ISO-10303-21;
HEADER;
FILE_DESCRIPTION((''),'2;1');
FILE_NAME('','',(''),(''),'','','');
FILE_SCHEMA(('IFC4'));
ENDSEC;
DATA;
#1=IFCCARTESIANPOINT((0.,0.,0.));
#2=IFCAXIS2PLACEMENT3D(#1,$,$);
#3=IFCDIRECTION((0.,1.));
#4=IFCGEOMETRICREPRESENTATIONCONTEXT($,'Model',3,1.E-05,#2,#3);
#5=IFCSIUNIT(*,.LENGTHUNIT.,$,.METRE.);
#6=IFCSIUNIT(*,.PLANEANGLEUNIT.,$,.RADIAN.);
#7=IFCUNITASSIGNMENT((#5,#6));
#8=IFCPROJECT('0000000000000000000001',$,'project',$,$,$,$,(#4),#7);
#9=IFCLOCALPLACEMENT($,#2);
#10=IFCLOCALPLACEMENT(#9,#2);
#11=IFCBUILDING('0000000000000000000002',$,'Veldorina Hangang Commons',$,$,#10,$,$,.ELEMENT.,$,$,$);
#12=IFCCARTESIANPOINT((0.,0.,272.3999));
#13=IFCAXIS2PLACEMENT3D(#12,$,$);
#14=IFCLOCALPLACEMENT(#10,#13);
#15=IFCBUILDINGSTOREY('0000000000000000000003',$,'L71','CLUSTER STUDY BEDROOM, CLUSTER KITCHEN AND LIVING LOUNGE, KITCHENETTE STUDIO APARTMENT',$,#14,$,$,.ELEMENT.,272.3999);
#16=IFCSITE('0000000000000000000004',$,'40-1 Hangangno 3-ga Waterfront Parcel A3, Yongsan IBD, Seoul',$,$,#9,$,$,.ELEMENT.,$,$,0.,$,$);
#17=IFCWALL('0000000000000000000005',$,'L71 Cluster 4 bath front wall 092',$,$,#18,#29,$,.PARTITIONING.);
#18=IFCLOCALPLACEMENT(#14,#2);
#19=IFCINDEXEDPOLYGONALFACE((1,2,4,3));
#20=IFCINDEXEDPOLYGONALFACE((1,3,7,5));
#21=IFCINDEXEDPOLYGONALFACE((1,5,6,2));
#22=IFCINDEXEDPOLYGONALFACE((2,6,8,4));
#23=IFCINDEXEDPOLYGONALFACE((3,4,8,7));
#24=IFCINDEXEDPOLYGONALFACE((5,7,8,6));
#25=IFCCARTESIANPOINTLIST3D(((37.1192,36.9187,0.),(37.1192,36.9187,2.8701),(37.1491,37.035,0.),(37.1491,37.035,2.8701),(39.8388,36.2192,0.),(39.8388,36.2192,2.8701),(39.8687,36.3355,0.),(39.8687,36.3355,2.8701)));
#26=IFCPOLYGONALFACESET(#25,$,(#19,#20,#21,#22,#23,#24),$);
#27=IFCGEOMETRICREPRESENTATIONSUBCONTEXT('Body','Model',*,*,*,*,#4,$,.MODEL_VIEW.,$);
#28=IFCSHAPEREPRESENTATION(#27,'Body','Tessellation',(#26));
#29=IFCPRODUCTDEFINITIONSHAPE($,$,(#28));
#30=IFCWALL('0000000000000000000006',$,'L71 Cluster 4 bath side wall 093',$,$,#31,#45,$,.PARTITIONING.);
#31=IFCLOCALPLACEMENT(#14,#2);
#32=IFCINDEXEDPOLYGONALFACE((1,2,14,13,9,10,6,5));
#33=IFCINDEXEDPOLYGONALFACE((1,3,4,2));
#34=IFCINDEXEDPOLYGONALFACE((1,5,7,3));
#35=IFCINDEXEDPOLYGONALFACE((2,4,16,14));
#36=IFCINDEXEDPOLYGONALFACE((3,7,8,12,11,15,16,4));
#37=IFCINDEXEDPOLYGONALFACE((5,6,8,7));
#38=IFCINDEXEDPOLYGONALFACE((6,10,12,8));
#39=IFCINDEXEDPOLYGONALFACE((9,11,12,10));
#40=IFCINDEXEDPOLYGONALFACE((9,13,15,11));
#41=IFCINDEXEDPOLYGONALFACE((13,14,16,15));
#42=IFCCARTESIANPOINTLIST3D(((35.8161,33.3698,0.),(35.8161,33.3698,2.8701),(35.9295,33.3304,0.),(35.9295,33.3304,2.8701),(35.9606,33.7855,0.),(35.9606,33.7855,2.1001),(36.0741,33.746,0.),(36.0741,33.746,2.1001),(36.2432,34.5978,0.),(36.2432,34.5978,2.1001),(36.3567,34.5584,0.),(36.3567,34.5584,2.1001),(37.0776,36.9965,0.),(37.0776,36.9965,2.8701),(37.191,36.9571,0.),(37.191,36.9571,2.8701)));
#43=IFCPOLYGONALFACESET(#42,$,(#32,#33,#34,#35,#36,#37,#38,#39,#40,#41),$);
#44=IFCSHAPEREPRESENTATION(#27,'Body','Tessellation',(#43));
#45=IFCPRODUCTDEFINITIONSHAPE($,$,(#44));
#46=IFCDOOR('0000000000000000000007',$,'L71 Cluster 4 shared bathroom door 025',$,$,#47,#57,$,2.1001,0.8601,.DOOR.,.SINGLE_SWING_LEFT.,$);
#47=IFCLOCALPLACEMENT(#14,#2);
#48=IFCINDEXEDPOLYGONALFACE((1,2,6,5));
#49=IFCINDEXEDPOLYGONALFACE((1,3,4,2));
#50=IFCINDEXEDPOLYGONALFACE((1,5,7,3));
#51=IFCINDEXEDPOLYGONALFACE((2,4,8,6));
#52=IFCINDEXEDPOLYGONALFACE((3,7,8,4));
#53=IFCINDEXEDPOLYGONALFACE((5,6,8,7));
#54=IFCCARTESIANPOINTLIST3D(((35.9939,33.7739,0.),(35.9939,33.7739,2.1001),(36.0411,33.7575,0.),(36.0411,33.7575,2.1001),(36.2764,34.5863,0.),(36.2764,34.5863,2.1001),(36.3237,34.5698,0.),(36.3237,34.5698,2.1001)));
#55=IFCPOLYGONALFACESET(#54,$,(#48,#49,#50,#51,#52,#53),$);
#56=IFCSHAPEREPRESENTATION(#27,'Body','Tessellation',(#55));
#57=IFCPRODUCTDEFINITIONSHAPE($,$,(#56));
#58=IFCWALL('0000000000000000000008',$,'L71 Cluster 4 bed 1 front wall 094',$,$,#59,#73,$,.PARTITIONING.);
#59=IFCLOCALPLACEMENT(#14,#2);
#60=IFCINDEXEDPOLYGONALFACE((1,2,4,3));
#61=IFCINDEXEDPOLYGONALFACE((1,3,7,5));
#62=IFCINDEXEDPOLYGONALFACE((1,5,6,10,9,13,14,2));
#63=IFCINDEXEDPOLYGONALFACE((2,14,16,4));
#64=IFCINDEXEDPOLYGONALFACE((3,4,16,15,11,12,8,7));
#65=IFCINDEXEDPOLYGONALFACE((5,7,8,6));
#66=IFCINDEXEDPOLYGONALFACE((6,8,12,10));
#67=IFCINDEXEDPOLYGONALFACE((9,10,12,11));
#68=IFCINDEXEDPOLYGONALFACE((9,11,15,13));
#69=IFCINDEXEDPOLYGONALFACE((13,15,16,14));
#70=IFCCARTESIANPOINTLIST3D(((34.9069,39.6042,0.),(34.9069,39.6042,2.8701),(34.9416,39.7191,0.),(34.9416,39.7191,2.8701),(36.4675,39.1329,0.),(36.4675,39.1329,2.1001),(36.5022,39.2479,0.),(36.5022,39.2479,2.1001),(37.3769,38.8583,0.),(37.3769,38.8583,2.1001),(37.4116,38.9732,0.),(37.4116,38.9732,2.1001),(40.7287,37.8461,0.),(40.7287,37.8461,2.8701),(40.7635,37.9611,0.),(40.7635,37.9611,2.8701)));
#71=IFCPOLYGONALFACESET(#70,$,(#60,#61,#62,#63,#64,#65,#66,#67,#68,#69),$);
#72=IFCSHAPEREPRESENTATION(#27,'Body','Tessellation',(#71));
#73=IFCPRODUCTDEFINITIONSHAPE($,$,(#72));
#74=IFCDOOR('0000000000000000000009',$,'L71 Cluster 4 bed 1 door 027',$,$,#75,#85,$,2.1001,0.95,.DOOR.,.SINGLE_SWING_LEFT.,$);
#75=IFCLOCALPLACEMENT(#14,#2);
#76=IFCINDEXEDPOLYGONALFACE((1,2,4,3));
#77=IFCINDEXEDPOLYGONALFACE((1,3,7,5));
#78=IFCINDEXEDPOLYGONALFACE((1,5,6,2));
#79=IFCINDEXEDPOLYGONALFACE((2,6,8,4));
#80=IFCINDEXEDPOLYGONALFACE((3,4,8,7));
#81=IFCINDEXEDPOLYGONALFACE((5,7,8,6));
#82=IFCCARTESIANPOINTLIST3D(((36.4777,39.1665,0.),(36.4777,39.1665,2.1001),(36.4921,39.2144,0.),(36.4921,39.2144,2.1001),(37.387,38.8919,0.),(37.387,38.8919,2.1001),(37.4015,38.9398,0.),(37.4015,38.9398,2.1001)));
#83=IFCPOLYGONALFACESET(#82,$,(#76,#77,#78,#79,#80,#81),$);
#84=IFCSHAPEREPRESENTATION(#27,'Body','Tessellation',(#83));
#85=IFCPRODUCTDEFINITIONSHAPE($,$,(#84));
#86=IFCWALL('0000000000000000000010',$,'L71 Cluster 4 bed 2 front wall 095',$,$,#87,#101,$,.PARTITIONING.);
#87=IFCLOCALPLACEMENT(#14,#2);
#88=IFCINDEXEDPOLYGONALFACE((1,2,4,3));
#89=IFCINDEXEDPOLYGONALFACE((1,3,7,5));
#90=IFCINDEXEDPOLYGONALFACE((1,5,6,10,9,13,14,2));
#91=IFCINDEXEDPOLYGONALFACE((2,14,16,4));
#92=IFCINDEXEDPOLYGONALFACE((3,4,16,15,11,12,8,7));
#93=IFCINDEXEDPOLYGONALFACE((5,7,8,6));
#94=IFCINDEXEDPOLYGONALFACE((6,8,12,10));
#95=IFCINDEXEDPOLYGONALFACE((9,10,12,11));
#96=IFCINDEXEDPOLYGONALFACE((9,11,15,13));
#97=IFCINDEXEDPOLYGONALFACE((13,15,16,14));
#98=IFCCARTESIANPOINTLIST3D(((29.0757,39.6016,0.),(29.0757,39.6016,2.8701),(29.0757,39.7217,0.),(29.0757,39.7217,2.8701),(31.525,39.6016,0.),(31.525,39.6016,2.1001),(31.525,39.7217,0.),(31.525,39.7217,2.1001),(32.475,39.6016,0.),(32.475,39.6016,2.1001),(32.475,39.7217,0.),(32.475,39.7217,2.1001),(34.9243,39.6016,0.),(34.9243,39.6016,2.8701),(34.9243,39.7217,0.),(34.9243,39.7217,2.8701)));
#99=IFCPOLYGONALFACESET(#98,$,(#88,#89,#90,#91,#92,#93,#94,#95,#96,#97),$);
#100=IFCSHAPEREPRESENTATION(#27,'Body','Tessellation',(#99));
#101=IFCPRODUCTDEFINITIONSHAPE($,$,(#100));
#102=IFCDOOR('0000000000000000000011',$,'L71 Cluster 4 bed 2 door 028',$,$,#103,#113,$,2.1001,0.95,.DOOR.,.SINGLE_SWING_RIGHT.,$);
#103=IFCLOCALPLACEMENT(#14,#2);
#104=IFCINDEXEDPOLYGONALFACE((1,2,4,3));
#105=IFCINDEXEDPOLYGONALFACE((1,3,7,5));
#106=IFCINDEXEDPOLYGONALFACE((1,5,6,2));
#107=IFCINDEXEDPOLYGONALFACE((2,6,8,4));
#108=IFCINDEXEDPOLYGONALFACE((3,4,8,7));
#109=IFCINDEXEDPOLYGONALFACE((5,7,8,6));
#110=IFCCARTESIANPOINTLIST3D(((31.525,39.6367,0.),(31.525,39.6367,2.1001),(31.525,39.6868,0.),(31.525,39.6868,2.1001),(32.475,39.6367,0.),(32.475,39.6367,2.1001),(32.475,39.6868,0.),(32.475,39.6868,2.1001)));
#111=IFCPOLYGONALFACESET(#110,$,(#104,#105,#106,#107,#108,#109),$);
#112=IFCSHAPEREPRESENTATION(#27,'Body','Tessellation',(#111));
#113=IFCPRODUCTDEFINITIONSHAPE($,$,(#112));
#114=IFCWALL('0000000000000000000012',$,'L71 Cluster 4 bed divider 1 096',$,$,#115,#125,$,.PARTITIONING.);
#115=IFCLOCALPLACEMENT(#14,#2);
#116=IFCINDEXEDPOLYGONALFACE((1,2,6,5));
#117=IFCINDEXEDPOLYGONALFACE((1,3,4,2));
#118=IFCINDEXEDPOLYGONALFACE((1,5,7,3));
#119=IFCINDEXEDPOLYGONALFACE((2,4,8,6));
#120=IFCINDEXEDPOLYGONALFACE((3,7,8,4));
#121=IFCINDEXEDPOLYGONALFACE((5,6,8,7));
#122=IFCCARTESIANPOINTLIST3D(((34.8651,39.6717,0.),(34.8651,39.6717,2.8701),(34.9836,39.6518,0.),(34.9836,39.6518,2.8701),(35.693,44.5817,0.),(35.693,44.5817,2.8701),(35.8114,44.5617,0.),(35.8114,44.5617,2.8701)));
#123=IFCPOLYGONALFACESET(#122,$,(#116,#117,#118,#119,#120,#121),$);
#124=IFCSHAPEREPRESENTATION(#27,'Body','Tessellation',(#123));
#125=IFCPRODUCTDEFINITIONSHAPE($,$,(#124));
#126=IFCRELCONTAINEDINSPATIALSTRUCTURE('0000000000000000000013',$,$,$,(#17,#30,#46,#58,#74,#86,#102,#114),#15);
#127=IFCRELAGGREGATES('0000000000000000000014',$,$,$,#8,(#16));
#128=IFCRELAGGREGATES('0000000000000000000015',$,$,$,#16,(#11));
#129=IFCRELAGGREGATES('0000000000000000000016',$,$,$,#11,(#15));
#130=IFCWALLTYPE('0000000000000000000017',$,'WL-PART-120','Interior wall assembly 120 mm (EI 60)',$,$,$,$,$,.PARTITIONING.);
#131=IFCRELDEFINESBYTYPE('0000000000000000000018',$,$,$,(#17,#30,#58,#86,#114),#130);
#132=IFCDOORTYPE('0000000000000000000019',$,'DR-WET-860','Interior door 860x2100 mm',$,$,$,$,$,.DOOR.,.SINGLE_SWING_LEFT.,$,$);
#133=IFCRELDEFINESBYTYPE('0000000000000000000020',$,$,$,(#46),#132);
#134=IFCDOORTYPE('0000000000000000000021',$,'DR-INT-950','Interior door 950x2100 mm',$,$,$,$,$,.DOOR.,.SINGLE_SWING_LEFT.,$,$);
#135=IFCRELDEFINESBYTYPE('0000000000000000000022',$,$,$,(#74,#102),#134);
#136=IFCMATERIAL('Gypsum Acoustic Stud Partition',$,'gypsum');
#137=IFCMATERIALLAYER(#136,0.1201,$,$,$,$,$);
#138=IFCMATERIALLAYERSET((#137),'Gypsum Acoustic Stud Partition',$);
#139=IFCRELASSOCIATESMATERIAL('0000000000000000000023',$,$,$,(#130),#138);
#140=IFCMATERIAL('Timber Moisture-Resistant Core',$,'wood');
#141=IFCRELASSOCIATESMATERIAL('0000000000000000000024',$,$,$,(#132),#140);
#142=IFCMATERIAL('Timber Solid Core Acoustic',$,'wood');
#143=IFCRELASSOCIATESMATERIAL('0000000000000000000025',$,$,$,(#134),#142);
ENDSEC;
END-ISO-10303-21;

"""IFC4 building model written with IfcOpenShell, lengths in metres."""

from ifc_helpers import new_model, si_unit, direction, frame, frame_2d, origin, place, context, subcontext, project, spatial, rectangle, extrude, material, layer, layer_set, type_object, element, fill, save


model = new_model("IFC4")

# Units and contexts
model_context = context("Model", 3, precision=1e-05, world=origin(), true_north=direction((0.0, 1.0)))
body_context = subcontext(model_context, "Body", "Model", "MODEL_VIEW")
ifc_project = project(units=[si_unit("LENGTHUNIT", "METRE"), si_unit("PLANEANGLEUNIT", "RADIAN")], contexts=[model_context])

# Site, building, storey
site_placement = place(None, origin())
site = spatial("IfcSite", under=ifc_project, at=site_placement, Name="40-1 Hangangno 3-ga Waterfront Parcel A3, Yongsan IBD, Seoul", CompositionType="ELEMENT", RefElevation=0.0)
building_placement = place(site_placement, origin())
building = spatial("IfcBuilding", under=site, at=building_placement, Name="Veldorina Hangang Commons", CompositionType="ELEMENT")
storey_placement = place(building_placement, frame((0.0, 0.0, 272.3999)))
storey = spatial("IfcBuildingStorey", under=building, at=storey_placement, Name="L71", Description="CLUSTER STUDY BEDROOM, CLUSTER KITCHEN AND LIVING LOUNGE, KITCHENETTE STUDIO APARTMENT", CompositionType="ELEMENT", Elevation=272.3999)

# Wall
ifc_material_1 = material(Name="Gypsum Acoustic Stud Partition", Category="gypsum")
ifc_layer_1 = layer(ifc_material_1, 0.1201)
ifc_layer_set_1 = layer_set([ifc_layer_1], Name="Gypsum Acoustic Stud Partition")
wall_type_1 = type_object("IfcWallType", Name="WL-PART-120", Description="Interior wall assembly 120 mm (EI 60)", PredefinedType="PARTITIONING", material=ifc_layer_set_1)
wall_1_placement = place(storey_placement, frame((39.8538, 36.2773, 0.0), z_axis=(0.0, 0.0, 1.0), x_axis=(-0.968479, 0.249097, 0.0)))
element("IfcWall", 1, at=wall_1_placement, inside=storey, type_object=wall_type_1, Name="L71 Cluster 4 bath front wall 092", PredefinedType="PARTITIONING", context=body_context, shape_type="SweptSolid", body=[
    extrude(rectangle(XDim=2.8081, YDim=0.1201, at=frame_2d((1.4041, 0.0))), origin(), (0.0, 0.0, 1.0), 2.8701),
])

# Walls, openings, doors
wall_2_placement = place(storey_placement, frame((35.8728, 33.3501, 0.0), z_axis=(0.0, 0.0, 1.0), x_axis=(0.328523, 0.944496, 0.0)))
wall_2 = element("IfcWall", 2, at=wall_2_placement, inside=storey, type_object=wall_type_1, Name="L71 Cluster 4 bath side wall 093", PredefinedType="PARTITIONING", context=body_context, shape_type="SweptSolid", body=[
    extrude(rectangle(XDim=3.8398, YDim=0.1201, at=frame_2d((1.9199, 0.0))), origin(), (0.0, 0.0, 1.0), 2.8701),
])
opening_1_placement = place(wall_2_placement, frame((0.4399, 0.0, 0.0)))
opening_1 = element("IfcOpeningElement", 3, at=opening_1_placement, cuts=wall_2, PredefinedType="OPENING", context=body_context, shape_type="SweptSolid", body=[
    extrude(rectangle(XDim=0.8601, YDim=2.1001, at=frame_2d((0.4302, 1.05))), frame((0.0, 0.0701, 0.0), z_axis=(0.0, -1.0, 0.0), x_axis=(1.0, 0.0, 0.0)), (0.0, 0.0, 1.0), 0.1401),
])
ifc_material_2 = material(Name="Timber Moisture-Resistant Core", Category="wood")
door_type_1 = type_object("IfcDoorType", Name="DR-WET-860", Description="Interior door 860x2100 mm", OperationType="SINGLE_SWING_LEFT", PredefinedType="DOOR", material=ifc_material_2)
door_1_placement = place(opening_1_placement, origin())
door_1 = element("IfcDoor", 4, at=door_1_placement, inside=storey, type_object=door_type_1, Name="L71 Cluster 4 shared bathroom door 025", OperationType="SINGLE_SWING_LEFT", OverallHeight=2.1001, OverallWidth=0.8601, PredefinedType="DOOR", context=body_context, shape_type="SweptSolid", body=[
    extrude(rectangle(XDim=0.8601, YDim=2.1001, at=frame_2d((0.4302, 1.05))), frame((0.0, 0.0249, 0.0), z_axis=(0.0, -1.0, 0.0), x_axis=(1.0, 0.0, 0.0)), (0.0, 0.0, 1.0), 0.05),
])
fill(opening_1, door_1)
wall_3_placement = place(storey_placement, frame((40.7461, 37.9036, 0.0), z_axis=(0.0, 0.0, 1.0), x_axis=(-0.957303, 0.289086, 0.0)))
wall_3 = element("IfcWall", 5, at=wall_3_placement, inside=storey, type_object=wall_type_1, Name="L71 Cluster 4 bed 1 front wall 094", PredefinedType="PARTITIONING", context=body_context, shape_type="SweptSolid", body=[
    extrude(rectangle(XDim=6.0815, YDim=0.1201, at=frame_2d((3.0408, 0.0))), origin(), (0.0, 0.0, 1.0), 2.8701),
])
opening_2_placement = place(wall_3_placement, frame((3.5012, 0.0, 0.0)))
opening_2 = element("IfcOpeningElement", 6, at=opening_2_placement, cuts=wall_3, PredefinedType="OPENING", context=body_context, shape_type="SweptSolid", body=[
    extrude(rectangle(XDim=0.95, YDim=2.1001, at=frame_2d((0.4751, 1.05))), frame((0.0, 0.0701, 0.0), z_axis=(0.0, -1.0, 0.0), x_axis=(1.0, 0.0, 0.0)), (0.0, 0.0, 1.0), 0.1401),
])
ifc_material_3 = material(Name="Timber Solid Core Acoustic", Category="wood")
door_type_2 = type_object("IfcDoorType", Name="DR-INT-950", Description="Interior door 950x2100 mm", OperationType="SINGLE_SWING_LEFT", PredefinedType="DOOR", material=ifc_material_3)
door_2_placement = place(opening_2_placement, origin())
door_2 = element("IfcDoor", 7, at=door_2_placement, inside=storey, type_object=door_type_2, Name="L71 Cluster 4 bed 1 door 027", OperationType="SINGLE_SWING_LEFT", OverallHeight=2.1001, OverallWidth=0.95, PredefinedType="DOOR", context=body_context, shape_type="SweptSolid", body=[
    extrude(rectangle(XDim=0.95, YDim=2.1001, at=frame_2d((0.4751, 1.05))), frame((0.0, 0.0249, 0.0), z_axis=(0.0, -1.0, 0.0), x_axis=(1.0, 0.0, 0.0)), (0.0, 0.0, 1.0), 0.05),
])
fill(opening_2, door_2)
wall_4_placement = place(storey_placement, frame((34.9243, 39.6616, 0.0), z_axis=(0.0, 0.0, 1.0), x_axis=(-1.0, 0.0, 0.0)))
wall_4 = element("IfcWall", 8, at=wall_4_placement, inside=storey, type_object=wall_type_1, Name="L71 Cluster 4 bed 2 front wall 095", PredefinedType="PARTITIONING", context=body_context, shape_type="SweptSolid", body=[
    extrude(rectangle(XDim=5.8486, YDim=0.1201, at=frame_2d((2.9243, 0.0))), origin(), (0.0, 0.0, 1.0), 2.8701),
])
opening_3_placement = place(wall_4_placement, frame((2.4492, 0.0, 0.0)))
opening_3 = element("IfcOpeningElement", 9, at=opening_3_placement, cuts=wall_4, PredefinedType="OPENING", context=body_context, shape_type="SweptSolid", body=[
    extrude(rectangle(XDim=0.95, YDim=2.1001, at=frame_2d((0.4751, 1.05))), frame((0.0, 0.0701, 0.0), z_axis=(0.0, -1.0, 0.0), x_axis=(1.0, 0.0, 0.0)), (0.0, 0.0, 1.0), 0.1401),
])
door_3_placement = place(opening_3_placement, origin())
door_3 = element("IfcDoor", 10, at=door_3_placement, inside=storey, type_object=door_type_2, Name="L71 Cluster 4 bed 2 door 028", OperationType="SINGLE_SWING_RIGHT", OverallHeight=2.1001, OverallWidth=0.95, PredefinedType="DOOR", context=body_context, shape_type="SweptSolid", body=[
    extrude(rectangle(XDim=0.95, YDim=2.1001, at=frame_2d((0.4751, 1.05))), frame((0.0, 0.0249, 0.0), z_axis=(0.0, -1.0, 0.0), x_axis=(1.0, 0.0, 0.0)), (0.0, 0.0, 1.0), 0.05),
])
fill(opening_3, door_3)

# Wall
wall_5_placement = place(storey_placement, frame((34.9243, 39.6616, 0.0), z_axis=(0.0, 0.0, 1.0), x_axis=(0.166267, 0.986081, 0.0)))
element("IfcWall", 11, at=wall_5_placement, inside=storey, type_object=wall_type_1, Name="L71 Cluster 4 bed divider 1 096", PredefinedType="PARTITIONING", context=body_context, shape_type="SweptSolid", body=[
    extrude(rectangle(XDim=4.9792, YDim=0.1201, at=frame_2d((2.4897, 0.0))), origin(), (0.0, 0.0, 1.0), 2.8701),
])

save(model, "model.ifc")
